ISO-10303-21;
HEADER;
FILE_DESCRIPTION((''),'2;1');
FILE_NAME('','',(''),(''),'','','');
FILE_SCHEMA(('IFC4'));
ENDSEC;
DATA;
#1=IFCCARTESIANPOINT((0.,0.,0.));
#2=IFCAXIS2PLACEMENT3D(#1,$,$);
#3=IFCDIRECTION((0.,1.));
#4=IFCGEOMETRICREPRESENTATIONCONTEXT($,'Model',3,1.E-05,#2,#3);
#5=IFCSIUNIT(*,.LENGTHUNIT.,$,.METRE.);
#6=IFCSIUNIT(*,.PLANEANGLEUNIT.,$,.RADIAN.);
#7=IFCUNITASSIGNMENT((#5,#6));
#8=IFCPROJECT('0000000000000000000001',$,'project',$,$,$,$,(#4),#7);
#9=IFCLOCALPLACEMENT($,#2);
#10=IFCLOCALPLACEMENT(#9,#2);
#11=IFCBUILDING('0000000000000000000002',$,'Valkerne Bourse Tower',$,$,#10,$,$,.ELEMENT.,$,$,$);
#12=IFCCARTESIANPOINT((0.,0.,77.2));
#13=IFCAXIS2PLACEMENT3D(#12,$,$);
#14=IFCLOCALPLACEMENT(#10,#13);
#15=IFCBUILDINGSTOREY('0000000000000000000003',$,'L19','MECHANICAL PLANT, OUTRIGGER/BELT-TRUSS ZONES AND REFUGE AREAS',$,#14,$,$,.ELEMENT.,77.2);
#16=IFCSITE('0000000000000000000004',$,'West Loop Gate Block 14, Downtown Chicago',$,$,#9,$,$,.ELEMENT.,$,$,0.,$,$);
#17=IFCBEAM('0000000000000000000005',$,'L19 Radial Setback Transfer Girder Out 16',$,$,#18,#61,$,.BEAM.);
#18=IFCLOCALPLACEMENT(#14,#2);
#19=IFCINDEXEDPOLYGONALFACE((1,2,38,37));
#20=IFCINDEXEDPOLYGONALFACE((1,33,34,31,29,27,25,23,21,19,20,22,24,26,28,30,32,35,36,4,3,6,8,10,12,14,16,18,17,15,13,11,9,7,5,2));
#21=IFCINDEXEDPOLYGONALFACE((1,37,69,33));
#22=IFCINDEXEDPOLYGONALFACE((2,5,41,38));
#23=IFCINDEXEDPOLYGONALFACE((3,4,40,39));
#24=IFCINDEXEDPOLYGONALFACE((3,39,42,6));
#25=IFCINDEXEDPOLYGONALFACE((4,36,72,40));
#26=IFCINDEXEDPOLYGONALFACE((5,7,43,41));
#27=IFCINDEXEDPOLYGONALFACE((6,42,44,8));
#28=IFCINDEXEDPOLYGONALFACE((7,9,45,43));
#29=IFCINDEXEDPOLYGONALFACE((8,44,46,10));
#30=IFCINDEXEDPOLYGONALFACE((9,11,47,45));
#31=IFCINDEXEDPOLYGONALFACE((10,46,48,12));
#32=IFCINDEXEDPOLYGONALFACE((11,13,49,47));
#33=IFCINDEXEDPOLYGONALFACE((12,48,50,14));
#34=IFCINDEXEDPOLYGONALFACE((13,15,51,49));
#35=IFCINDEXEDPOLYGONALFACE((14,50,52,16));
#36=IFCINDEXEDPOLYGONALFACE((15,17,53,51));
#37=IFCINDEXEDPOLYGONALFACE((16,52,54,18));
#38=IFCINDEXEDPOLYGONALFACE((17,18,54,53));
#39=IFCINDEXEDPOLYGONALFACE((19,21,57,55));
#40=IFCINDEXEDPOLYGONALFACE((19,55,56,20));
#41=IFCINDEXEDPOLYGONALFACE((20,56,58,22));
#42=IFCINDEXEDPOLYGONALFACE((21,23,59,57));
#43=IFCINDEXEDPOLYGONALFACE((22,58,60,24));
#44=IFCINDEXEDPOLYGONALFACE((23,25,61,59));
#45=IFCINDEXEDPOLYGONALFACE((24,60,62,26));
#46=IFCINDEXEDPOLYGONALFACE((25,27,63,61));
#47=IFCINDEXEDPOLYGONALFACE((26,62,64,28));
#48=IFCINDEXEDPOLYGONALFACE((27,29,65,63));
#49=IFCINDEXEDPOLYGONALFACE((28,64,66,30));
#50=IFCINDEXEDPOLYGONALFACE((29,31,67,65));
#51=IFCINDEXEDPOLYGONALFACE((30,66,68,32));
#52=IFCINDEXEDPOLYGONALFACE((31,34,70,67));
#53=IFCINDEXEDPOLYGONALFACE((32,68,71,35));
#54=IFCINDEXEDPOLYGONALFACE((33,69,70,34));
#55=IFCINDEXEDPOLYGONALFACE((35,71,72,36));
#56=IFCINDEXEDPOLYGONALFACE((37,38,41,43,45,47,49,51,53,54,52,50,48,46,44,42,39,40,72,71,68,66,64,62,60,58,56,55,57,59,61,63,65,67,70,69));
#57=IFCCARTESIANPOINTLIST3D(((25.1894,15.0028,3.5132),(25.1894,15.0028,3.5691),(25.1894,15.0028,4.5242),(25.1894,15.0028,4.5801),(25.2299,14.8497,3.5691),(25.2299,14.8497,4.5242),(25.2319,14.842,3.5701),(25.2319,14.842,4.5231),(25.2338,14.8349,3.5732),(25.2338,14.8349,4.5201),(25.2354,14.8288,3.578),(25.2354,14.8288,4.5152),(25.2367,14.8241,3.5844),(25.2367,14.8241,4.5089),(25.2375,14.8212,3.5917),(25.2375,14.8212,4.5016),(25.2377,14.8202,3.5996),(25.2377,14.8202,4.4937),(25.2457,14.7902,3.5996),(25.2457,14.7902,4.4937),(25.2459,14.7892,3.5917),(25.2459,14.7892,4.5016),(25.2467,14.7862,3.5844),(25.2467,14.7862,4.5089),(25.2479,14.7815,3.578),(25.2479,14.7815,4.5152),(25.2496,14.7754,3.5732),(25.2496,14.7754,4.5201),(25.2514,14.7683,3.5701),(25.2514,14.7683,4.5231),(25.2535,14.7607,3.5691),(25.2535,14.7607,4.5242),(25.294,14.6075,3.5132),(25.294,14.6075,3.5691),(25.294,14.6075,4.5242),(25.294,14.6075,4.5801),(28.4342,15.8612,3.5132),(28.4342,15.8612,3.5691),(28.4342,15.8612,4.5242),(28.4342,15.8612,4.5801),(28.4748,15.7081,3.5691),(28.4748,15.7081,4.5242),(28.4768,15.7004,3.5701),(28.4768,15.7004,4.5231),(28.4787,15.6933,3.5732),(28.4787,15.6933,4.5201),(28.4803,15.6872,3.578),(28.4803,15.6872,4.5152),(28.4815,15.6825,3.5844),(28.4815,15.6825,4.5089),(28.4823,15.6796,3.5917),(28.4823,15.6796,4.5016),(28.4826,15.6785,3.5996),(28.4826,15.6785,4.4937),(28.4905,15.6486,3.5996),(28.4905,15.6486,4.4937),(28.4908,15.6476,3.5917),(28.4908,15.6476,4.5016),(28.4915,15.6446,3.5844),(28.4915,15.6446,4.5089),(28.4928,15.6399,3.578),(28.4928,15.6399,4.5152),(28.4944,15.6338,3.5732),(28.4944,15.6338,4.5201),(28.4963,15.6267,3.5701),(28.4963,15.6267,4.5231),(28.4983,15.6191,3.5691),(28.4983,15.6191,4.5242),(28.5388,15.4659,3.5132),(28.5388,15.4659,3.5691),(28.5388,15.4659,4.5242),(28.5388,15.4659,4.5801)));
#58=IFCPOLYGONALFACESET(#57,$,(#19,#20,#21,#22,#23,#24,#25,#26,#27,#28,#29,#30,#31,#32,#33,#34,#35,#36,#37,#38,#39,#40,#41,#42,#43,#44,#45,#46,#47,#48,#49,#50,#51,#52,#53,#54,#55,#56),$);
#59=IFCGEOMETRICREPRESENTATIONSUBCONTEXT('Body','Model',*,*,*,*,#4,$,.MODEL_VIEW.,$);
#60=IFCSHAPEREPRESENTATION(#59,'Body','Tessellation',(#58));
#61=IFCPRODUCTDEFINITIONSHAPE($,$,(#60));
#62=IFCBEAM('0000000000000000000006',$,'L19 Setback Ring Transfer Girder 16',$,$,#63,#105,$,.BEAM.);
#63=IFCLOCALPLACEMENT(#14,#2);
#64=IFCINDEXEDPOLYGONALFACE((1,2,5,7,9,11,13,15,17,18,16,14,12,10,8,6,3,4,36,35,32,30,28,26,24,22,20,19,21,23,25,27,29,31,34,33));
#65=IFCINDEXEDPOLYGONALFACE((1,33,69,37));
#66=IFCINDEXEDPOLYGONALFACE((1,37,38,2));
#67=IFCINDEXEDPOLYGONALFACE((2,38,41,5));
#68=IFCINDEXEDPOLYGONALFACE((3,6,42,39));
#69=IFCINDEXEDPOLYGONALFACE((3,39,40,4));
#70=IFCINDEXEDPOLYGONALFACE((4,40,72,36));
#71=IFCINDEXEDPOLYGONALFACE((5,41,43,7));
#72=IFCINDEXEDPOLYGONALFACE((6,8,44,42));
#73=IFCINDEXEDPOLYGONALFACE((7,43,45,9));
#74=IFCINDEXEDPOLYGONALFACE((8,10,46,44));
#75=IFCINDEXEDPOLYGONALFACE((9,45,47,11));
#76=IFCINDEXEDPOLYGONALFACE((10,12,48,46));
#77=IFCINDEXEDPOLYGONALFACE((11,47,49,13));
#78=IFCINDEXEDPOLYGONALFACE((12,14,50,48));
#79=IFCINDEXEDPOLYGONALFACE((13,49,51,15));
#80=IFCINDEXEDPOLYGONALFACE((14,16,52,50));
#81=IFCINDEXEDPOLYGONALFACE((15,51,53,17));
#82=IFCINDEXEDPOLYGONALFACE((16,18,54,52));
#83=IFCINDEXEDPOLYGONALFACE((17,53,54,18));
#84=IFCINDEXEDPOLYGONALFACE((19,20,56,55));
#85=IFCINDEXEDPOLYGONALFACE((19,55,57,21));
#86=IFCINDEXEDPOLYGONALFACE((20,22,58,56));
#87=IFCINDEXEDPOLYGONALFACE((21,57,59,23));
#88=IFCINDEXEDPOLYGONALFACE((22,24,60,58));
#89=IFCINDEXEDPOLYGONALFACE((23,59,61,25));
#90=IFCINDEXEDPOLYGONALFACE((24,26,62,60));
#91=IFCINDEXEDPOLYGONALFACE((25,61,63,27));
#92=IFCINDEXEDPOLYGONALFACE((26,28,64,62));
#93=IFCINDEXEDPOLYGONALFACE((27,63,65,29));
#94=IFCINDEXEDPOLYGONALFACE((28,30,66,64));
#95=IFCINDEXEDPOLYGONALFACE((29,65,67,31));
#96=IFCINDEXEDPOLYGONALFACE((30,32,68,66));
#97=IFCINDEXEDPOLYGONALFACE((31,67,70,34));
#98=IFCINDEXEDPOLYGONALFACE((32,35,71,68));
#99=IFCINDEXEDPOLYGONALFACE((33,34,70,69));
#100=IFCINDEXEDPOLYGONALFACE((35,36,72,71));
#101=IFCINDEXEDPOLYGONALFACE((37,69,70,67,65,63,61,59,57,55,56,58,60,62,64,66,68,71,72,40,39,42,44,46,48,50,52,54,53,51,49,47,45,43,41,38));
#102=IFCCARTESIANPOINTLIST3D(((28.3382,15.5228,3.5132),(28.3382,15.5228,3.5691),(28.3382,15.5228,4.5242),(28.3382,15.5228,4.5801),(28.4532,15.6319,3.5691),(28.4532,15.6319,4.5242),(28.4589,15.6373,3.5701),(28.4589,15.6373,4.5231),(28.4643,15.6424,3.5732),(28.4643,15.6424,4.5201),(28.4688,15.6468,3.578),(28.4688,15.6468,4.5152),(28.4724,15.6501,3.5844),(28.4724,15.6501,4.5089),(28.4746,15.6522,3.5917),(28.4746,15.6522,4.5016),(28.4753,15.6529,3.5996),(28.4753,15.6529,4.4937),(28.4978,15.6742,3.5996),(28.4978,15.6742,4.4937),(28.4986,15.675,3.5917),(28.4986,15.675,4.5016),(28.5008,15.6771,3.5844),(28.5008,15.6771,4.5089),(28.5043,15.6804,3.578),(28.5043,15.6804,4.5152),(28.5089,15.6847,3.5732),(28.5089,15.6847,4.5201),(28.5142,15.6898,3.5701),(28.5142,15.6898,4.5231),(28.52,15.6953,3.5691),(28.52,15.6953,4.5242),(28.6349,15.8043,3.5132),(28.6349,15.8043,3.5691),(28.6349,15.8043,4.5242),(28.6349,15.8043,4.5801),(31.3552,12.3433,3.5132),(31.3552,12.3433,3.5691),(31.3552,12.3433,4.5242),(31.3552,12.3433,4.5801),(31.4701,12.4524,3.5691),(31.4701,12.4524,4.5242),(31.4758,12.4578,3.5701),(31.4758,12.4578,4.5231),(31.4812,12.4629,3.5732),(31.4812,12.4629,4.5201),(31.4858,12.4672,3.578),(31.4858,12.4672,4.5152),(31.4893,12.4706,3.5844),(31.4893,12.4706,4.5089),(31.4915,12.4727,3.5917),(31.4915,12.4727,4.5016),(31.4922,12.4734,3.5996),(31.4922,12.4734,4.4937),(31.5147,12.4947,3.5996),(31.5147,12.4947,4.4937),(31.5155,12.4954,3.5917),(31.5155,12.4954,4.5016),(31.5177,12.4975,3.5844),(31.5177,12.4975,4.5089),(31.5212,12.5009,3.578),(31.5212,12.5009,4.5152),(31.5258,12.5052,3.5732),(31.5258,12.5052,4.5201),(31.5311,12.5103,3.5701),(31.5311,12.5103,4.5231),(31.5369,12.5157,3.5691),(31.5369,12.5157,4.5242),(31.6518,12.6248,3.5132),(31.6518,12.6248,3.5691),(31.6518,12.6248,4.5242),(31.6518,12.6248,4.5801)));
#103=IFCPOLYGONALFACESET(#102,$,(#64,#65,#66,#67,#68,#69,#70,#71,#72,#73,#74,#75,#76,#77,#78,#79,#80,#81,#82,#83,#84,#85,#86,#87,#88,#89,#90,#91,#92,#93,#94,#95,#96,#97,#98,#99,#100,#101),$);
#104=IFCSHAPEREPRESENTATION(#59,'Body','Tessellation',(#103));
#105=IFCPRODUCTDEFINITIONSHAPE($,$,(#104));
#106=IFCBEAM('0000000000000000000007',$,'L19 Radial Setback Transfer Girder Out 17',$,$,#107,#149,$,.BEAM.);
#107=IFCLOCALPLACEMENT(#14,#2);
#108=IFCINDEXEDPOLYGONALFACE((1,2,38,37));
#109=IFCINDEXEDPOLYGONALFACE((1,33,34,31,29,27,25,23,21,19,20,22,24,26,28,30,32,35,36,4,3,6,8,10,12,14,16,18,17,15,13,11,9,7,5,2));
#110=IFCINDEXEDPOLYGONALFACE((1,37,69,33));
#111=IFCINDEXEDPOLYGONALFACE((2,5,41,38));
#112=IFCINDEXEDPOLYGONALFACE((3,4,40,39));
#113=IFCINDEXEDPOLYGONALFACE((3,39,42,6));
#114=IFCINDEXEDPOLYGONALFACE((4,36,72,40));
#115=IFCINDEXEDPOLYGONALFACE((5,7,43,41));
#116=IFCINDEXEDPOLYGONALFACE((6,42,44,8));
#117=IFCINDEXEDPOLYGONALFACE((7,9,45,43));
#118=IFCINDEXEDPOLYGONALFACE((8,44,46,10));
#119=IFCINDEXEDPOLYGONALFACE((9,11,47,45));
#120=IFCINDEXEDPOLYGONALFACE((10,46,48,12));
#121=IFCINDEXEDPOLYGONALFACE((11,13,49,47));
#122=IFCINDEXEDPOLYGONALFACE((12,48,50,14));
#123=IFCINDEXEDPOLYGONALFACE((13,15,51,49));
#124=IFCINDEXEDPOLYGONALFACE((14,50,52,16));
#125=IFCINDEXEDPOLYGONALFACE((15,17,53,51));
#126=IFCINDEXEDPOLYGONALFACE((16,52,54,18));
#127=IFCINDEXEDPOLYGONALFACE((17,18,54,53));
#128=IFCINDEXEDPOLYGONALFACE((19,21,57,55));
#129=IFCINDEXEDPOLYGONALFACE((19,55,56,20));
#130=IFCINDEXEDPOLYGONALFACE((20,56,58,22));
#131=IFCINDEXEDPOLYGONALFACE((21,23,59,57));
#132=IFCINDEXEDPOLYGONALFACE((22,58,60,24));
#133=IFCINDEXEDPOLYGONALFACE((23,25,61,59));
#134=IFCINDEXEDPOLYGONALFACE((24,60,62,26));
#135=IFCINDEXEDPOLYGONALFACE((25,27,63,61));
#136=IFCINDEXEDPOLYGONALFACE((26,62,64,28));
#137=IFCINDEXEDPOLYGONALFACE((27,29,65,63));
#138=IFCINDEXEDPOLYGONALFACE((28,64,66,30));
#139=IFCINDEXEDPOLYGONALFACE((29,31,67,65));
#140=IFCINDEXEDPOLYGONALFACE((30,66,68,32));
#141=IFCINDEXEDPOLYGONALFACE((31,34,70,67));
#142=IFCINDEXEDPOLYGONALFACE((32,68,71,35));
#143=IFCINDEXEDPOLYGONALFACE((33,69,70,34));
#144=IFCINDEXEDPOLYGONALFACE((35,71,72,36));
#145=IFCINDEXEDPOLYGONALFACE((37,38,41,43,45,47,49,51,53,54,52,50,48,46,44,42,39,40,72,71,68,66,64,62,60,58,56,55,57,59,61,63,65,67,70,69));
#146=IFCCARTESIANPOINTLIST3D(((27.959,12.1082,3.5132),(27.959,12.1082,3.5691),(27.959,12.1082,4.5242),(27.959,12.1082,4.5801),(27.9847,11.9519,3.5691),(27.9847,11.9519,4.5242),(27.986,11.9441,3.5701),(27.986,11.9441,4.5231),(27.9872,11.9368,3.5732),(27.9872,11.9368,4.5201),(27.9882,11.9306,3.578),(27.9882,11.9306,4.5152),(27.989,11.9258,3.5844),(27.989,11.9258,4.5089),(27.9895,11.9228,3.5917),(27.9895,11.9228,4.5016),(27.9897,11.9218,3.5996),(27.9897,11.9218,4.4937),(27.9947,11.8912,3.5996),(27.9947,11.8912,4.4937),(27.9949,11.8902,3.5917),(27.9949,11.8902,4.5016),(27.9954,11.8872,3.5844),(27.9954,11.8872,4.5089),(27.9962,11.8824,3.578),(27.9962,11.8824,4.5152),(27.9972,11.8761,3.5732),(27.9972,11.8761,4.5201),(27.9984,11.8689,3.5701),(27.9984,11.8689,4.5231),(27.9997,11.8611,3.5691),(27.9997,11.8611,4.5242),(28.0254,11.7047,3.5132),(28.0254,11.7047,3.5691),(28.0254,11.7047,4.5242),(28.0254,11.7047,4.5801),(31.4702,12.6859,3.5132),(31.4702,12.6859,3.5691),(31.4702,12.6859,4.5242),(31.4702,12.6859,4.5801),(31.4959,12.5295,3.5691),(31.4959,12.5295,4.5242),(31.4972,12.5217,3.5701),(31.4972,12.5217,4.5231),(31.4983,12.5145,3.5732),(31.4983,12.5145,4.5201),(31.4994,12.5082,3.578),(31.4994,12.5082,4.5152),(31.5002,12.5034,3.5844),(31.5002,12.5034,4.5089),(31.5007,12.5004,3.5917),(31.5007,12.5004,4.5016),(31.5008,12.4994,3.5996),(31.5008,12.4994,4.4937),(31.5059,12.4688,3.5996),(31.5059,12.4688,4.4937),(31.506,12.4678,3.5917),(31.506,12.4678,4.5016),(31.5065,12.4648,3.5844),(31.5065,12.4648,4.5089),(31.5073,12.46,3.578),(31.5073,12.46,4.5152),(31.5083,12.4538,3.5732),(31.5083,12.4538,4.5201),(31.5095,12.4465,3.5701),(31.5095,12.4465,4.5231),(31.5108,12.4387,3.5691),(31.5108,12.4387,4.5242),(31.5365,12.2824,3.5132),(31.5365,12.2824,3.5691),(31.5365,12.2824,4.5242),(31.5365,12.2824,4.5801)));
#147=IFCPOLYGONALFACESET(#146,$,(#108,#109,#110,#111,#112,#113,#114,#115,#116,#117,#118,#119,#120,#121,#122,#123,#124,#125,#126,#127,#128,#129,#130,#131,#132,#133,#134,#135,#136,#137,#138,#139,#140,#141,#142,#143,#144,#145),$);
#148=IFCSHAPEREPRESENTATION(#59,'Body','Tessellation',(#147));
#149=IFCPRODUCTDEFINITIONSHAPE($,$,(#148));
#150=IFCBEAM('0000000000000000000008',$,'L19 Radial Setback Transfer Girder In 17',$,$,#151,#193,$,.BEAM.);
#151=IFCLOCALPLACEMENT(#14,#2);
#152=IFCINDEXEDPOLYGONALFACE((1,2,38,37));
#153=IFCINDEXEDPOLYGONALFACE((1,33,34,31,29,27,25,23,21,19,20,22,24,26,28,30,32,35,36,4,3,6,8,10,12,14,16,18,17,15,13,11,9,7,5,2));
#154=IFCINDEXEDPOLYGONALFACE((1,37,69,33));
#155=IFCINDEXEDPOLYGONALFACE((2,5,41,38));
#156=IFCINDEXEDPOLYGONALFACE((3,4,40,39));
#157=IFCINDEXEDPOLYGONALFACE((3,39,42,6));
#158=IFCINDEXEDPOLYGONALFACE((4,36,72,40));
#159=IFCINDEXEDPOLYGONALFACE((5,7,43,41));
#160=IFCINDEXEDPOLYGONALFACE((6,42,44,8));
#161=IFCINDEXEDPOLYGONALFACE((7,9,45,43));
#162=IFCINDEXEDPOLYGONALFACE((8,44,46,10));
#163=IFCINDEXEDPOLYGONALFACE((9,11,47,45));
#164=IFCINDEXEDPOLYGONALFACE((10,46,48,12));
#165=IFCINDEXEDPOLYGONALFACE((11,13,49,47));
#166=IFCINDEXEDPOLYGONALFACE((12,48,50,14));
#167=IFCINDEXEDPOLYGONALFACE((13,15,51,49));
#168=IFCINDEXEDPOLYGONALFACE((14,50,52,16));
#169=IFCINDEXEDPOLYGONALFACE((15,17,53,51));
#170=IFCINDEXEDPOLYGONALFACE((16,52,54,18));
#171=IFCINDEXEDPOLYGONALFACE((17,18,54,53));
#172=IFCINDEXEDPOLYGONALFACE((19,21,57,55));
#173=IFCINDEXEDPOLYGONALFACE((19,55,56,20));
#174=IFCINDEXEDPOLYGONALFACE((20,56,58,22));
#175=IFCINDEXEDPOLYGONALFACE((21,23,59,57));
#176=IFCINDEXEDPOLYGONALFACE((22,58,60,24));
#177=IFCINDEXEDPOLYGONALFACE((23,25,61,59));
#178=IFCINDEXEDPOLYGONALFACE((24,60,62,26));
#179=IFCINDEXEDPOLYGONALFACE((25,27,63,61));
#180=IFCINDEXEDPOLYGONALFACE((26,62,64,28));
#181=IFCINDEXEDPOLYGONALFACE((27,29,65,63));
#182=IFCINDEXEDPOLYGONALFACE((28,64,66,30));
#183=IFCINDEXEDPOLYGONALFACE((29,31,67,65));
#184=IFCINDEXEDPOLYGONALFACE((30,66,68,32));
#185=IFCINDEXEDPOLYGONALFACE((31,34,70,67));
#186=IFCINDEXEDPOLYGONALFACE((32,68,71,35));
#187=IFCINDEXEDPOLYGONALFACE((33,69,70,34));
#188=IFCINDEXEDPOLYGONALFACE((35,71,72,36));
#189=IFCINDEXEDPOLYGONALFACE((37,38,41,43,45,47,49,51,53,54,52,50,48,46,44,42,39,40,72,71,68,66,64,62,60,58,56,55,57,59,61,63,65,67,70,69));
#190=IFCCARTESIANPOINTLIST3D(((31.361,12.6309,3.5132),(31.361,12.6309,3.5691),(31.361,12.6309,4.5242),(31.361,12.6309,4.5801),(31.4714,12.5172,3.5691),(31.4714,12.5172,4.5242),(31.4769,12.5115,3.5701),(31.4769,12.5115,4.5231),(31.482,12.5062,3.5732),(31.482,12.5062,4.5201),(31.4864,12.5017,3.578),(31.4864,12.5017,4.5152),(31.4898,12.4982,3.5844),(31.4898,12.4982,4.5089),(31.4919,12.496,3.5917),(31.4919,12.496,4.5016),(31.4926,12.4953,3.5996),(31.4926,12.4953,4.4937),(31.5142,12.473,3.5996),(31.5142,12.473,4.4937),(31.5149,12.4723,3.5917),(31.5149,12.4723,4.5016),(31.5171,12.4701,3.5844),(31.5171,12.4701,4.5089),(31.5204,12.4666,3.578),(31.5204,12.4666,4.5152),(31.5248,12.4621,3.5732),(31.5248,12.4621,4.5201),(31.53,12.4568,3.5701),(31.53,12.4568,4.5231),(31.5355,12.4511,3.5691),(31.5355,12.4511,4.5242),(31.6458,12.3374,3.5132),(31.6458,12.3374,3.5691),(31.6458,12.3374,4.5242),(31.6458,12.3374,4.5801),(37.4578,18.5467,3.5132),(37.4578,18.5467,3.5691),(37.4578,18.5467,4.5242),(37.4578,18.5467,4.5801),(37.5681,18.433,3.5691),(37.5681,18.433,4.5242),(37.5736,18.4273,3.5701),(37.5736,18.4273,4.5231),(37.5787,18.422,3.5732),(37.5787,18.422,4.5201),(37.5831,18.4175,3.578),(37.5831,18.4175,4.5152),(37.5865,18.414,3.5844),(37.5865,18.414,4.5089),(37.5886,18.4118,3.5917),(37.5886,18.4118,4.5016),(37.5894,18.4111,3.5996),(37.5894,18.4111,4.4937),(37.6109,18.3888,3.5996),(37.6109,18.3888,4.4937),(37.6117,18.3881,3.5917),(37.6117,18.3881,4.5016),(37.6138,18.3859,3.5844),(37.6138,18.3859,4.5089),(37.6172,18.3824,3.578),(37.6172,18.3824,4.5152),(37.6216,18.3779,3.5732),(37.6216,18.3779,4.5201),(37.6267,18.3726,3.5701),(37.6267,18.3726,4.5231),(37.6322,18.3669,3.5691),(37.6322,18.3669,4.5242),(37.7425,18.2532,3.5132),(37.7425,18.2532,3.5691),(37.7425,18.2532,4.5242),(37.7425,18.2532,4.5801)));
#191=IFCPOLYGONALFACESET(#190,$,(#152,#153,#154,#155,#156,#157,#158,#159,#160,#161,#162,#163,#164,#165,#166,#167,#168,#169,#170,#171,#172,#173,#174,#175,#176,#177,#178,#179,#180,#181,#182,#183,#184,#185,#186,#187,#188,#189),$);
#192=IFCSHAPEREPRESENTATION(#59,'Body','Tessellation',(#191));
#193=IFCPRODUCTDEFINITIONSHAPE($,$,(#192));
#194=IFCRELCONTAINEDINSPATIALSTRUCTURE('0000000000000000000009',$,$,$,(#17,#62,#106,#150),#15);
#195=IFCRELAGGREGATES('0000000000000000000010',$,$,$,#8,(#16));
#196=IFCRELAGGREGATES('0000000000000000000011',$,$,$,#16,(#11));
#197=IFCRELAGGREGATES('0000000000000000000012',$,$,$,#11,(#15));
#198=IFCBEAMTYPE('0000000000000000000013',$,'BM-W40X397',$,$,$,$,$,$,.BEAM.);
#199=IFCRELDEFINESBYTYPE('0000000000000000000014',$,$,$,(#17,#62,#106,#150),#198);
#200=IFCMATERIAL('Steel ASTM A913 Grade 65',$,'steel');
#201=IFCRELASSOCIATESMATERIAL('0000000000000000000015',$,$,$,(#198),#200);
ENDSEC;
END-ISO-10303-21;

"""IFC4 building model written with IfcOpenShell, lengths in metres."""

from ifc_helpers import new_model, si_unit, direction, frame, origin, origin_2d, place, context, subcontext, project, spatial, i_section, extrude, material, material_profile, profile_set, type_object, element, save


model = new_model("IFC4")

# Units and contexts
model_context = context("Model", 3, precision=1e-05, world=origin(), true_north=direction((0.0, 1.0)))
body_context = subcontext(model_context, "Body", "Model", "MODEL_VIEW")
ifc_project = project(units=[si_unit("LENGTHUNIT", "METRE"), si_unit("PLANEANGLEUNIT", "RADIAN")], contexts=[model_context])

# Site, building, storey
site_placement = place(None, origin())
site = spatial("IfcSite", under=ifc_project, at=site_placement, Name="West Loop Gate Block 14, Downtown Chicago", CompositionType="ELEMENT", RefElevation=0.0)
building_placement = place(site_placement, origin())
building = spatial("IfcBuilding", under=site, at=building_placement, Name="Valkerne Bourse Tower", CompositionType="ELEMENT")
storey_placement = place(building_placement, frame((0.0, 0.0, 77.2)))
storey = spatial("IfcBuildingStorey", under=building, at=storey_placement, Name="L19", Description="MECHANICAL PLANT, OUTRIGGER/BELT-TRUSS ZONES AND REFUGE AREAS", CompositionType="ELEMENT", Elevation=77.2)

# Shared definitions
ifc_material_1 = material(Name="Steel ASTM A913 Grade 65", Category="steel")

# Beams
ifc_material_profile_1 = material_profile(ifc_material_1, i_section(OverallWidth=0.4089, OverallDepth=1.0669, WebThickness=0.031, FlangeThickness=0.0559, FilletRadius=0.0305, at=origin_2d()), Name="W40X397")
ifc_profile_set_1 = profile_set([ifc_material_profile_1], Name="Steel ASTM A913 Grade 65")
beam_type_1 = type_object("IfcBeamType", Name="BM-W40X397", PredefinedType="BEAM", material=ifc_profile_set_1)
beam_1_placement = place(storey_placement, frame((25.2417, 14.8052, 4.0466), z_axis=(0.966745, 0.255743, 0.0), x_axis=(-0.255743, 0.966745, 0.0)))
element("IfcBeam", 1, at=beam_1_placement, inside=storey, type_object=beam_type_1, Name="L19 Radial Setback Transfer Girder Out 16", PredefinedType="BEAM", context=body_context, shape_type="SweptSolid", body=[
    extrude(i_section(OverallWidth=0.4089, OverallDepth=1.0669, WebThickness=0.031, FlangeThickness=0.0559, FilletRadius=0.0305, at=origin_2d()), origin(), (0.0, 0.0, 1.0), 3.3564),
])
beam_2_placement = place(storey_placement, frame((28.4866, 15.6636, 4.0466), z_axis=(0.688315, -0.725412, 0.0), x_axis=(0.725412, 0.688315, 0.0)))
element("IfcBeam", 2, at=beam_2_placement, inside=storey, type_object=beam_type_1, Name="L19 Setback Ring Transfer Girder 16", PredefinedType="BEAM", context=body_context, shape_type="SweptSolid", body=[
    extrude(i_section(OverallWidth=0.4089, OverallDepth=1.0669, WebThickness=0.031, FlangeThickness=0.0559, FilletRadius=0.0305, at=origin_2d()), origin(), (0.0, 0.0, 1.0), 4.3831),
])
beam_3_placement = place(storey_placement, frame((27.9922, 11.9065, 4.0466), z_axis=(0.986737, 0.162329, 0.0), x_axis=(-0.162329, 0.986737, 0.0)))
element("IfcBeam", 3, at=beam_3_placement, inside=storey, type_object=beam_type_1, Name="L19 Radial Setback Transfer Girder Out 17", PredefinedType="BEAM", context=body_context, shape_type="SweptSolid", body=[
    extrude(i_section(OverallWidth=0.4089, OverallDepth=1.0669, WebThickness=0.031, FlangeThickness=0.0559, FilletRadius=0.0305, at=origin_2d()), origin(), (0.0, 0.0, 1.0), 3.5583),
])
beam_4_placement = place(storey_placement, frame((31.5034, 12.4841, 4.0466), z_axis=(0.717674, 0.696379, 0.0), x_axis=(-0.696379, 0.717674, 0.0)))
element("IfcBeam", 4, at=beam_4_placement, inside=storey, type_object=beam_type_1, Name="L19 Radial Setback Transfer Girder In 17", PredefinedType="BEAM", context=body_context, shape_type="SweptSolid", body=[
    extrude(i_section(OverallWidth=0.4089, OverallDepth=1.0669, WebThickness=0.031, FlangeThickness=0.0559, FilletRadius=0.0305, at=origin_2d()), origin(), (0.0, 0.0, 1.0), 8.4951),
])

save(model, "model.ifc")
